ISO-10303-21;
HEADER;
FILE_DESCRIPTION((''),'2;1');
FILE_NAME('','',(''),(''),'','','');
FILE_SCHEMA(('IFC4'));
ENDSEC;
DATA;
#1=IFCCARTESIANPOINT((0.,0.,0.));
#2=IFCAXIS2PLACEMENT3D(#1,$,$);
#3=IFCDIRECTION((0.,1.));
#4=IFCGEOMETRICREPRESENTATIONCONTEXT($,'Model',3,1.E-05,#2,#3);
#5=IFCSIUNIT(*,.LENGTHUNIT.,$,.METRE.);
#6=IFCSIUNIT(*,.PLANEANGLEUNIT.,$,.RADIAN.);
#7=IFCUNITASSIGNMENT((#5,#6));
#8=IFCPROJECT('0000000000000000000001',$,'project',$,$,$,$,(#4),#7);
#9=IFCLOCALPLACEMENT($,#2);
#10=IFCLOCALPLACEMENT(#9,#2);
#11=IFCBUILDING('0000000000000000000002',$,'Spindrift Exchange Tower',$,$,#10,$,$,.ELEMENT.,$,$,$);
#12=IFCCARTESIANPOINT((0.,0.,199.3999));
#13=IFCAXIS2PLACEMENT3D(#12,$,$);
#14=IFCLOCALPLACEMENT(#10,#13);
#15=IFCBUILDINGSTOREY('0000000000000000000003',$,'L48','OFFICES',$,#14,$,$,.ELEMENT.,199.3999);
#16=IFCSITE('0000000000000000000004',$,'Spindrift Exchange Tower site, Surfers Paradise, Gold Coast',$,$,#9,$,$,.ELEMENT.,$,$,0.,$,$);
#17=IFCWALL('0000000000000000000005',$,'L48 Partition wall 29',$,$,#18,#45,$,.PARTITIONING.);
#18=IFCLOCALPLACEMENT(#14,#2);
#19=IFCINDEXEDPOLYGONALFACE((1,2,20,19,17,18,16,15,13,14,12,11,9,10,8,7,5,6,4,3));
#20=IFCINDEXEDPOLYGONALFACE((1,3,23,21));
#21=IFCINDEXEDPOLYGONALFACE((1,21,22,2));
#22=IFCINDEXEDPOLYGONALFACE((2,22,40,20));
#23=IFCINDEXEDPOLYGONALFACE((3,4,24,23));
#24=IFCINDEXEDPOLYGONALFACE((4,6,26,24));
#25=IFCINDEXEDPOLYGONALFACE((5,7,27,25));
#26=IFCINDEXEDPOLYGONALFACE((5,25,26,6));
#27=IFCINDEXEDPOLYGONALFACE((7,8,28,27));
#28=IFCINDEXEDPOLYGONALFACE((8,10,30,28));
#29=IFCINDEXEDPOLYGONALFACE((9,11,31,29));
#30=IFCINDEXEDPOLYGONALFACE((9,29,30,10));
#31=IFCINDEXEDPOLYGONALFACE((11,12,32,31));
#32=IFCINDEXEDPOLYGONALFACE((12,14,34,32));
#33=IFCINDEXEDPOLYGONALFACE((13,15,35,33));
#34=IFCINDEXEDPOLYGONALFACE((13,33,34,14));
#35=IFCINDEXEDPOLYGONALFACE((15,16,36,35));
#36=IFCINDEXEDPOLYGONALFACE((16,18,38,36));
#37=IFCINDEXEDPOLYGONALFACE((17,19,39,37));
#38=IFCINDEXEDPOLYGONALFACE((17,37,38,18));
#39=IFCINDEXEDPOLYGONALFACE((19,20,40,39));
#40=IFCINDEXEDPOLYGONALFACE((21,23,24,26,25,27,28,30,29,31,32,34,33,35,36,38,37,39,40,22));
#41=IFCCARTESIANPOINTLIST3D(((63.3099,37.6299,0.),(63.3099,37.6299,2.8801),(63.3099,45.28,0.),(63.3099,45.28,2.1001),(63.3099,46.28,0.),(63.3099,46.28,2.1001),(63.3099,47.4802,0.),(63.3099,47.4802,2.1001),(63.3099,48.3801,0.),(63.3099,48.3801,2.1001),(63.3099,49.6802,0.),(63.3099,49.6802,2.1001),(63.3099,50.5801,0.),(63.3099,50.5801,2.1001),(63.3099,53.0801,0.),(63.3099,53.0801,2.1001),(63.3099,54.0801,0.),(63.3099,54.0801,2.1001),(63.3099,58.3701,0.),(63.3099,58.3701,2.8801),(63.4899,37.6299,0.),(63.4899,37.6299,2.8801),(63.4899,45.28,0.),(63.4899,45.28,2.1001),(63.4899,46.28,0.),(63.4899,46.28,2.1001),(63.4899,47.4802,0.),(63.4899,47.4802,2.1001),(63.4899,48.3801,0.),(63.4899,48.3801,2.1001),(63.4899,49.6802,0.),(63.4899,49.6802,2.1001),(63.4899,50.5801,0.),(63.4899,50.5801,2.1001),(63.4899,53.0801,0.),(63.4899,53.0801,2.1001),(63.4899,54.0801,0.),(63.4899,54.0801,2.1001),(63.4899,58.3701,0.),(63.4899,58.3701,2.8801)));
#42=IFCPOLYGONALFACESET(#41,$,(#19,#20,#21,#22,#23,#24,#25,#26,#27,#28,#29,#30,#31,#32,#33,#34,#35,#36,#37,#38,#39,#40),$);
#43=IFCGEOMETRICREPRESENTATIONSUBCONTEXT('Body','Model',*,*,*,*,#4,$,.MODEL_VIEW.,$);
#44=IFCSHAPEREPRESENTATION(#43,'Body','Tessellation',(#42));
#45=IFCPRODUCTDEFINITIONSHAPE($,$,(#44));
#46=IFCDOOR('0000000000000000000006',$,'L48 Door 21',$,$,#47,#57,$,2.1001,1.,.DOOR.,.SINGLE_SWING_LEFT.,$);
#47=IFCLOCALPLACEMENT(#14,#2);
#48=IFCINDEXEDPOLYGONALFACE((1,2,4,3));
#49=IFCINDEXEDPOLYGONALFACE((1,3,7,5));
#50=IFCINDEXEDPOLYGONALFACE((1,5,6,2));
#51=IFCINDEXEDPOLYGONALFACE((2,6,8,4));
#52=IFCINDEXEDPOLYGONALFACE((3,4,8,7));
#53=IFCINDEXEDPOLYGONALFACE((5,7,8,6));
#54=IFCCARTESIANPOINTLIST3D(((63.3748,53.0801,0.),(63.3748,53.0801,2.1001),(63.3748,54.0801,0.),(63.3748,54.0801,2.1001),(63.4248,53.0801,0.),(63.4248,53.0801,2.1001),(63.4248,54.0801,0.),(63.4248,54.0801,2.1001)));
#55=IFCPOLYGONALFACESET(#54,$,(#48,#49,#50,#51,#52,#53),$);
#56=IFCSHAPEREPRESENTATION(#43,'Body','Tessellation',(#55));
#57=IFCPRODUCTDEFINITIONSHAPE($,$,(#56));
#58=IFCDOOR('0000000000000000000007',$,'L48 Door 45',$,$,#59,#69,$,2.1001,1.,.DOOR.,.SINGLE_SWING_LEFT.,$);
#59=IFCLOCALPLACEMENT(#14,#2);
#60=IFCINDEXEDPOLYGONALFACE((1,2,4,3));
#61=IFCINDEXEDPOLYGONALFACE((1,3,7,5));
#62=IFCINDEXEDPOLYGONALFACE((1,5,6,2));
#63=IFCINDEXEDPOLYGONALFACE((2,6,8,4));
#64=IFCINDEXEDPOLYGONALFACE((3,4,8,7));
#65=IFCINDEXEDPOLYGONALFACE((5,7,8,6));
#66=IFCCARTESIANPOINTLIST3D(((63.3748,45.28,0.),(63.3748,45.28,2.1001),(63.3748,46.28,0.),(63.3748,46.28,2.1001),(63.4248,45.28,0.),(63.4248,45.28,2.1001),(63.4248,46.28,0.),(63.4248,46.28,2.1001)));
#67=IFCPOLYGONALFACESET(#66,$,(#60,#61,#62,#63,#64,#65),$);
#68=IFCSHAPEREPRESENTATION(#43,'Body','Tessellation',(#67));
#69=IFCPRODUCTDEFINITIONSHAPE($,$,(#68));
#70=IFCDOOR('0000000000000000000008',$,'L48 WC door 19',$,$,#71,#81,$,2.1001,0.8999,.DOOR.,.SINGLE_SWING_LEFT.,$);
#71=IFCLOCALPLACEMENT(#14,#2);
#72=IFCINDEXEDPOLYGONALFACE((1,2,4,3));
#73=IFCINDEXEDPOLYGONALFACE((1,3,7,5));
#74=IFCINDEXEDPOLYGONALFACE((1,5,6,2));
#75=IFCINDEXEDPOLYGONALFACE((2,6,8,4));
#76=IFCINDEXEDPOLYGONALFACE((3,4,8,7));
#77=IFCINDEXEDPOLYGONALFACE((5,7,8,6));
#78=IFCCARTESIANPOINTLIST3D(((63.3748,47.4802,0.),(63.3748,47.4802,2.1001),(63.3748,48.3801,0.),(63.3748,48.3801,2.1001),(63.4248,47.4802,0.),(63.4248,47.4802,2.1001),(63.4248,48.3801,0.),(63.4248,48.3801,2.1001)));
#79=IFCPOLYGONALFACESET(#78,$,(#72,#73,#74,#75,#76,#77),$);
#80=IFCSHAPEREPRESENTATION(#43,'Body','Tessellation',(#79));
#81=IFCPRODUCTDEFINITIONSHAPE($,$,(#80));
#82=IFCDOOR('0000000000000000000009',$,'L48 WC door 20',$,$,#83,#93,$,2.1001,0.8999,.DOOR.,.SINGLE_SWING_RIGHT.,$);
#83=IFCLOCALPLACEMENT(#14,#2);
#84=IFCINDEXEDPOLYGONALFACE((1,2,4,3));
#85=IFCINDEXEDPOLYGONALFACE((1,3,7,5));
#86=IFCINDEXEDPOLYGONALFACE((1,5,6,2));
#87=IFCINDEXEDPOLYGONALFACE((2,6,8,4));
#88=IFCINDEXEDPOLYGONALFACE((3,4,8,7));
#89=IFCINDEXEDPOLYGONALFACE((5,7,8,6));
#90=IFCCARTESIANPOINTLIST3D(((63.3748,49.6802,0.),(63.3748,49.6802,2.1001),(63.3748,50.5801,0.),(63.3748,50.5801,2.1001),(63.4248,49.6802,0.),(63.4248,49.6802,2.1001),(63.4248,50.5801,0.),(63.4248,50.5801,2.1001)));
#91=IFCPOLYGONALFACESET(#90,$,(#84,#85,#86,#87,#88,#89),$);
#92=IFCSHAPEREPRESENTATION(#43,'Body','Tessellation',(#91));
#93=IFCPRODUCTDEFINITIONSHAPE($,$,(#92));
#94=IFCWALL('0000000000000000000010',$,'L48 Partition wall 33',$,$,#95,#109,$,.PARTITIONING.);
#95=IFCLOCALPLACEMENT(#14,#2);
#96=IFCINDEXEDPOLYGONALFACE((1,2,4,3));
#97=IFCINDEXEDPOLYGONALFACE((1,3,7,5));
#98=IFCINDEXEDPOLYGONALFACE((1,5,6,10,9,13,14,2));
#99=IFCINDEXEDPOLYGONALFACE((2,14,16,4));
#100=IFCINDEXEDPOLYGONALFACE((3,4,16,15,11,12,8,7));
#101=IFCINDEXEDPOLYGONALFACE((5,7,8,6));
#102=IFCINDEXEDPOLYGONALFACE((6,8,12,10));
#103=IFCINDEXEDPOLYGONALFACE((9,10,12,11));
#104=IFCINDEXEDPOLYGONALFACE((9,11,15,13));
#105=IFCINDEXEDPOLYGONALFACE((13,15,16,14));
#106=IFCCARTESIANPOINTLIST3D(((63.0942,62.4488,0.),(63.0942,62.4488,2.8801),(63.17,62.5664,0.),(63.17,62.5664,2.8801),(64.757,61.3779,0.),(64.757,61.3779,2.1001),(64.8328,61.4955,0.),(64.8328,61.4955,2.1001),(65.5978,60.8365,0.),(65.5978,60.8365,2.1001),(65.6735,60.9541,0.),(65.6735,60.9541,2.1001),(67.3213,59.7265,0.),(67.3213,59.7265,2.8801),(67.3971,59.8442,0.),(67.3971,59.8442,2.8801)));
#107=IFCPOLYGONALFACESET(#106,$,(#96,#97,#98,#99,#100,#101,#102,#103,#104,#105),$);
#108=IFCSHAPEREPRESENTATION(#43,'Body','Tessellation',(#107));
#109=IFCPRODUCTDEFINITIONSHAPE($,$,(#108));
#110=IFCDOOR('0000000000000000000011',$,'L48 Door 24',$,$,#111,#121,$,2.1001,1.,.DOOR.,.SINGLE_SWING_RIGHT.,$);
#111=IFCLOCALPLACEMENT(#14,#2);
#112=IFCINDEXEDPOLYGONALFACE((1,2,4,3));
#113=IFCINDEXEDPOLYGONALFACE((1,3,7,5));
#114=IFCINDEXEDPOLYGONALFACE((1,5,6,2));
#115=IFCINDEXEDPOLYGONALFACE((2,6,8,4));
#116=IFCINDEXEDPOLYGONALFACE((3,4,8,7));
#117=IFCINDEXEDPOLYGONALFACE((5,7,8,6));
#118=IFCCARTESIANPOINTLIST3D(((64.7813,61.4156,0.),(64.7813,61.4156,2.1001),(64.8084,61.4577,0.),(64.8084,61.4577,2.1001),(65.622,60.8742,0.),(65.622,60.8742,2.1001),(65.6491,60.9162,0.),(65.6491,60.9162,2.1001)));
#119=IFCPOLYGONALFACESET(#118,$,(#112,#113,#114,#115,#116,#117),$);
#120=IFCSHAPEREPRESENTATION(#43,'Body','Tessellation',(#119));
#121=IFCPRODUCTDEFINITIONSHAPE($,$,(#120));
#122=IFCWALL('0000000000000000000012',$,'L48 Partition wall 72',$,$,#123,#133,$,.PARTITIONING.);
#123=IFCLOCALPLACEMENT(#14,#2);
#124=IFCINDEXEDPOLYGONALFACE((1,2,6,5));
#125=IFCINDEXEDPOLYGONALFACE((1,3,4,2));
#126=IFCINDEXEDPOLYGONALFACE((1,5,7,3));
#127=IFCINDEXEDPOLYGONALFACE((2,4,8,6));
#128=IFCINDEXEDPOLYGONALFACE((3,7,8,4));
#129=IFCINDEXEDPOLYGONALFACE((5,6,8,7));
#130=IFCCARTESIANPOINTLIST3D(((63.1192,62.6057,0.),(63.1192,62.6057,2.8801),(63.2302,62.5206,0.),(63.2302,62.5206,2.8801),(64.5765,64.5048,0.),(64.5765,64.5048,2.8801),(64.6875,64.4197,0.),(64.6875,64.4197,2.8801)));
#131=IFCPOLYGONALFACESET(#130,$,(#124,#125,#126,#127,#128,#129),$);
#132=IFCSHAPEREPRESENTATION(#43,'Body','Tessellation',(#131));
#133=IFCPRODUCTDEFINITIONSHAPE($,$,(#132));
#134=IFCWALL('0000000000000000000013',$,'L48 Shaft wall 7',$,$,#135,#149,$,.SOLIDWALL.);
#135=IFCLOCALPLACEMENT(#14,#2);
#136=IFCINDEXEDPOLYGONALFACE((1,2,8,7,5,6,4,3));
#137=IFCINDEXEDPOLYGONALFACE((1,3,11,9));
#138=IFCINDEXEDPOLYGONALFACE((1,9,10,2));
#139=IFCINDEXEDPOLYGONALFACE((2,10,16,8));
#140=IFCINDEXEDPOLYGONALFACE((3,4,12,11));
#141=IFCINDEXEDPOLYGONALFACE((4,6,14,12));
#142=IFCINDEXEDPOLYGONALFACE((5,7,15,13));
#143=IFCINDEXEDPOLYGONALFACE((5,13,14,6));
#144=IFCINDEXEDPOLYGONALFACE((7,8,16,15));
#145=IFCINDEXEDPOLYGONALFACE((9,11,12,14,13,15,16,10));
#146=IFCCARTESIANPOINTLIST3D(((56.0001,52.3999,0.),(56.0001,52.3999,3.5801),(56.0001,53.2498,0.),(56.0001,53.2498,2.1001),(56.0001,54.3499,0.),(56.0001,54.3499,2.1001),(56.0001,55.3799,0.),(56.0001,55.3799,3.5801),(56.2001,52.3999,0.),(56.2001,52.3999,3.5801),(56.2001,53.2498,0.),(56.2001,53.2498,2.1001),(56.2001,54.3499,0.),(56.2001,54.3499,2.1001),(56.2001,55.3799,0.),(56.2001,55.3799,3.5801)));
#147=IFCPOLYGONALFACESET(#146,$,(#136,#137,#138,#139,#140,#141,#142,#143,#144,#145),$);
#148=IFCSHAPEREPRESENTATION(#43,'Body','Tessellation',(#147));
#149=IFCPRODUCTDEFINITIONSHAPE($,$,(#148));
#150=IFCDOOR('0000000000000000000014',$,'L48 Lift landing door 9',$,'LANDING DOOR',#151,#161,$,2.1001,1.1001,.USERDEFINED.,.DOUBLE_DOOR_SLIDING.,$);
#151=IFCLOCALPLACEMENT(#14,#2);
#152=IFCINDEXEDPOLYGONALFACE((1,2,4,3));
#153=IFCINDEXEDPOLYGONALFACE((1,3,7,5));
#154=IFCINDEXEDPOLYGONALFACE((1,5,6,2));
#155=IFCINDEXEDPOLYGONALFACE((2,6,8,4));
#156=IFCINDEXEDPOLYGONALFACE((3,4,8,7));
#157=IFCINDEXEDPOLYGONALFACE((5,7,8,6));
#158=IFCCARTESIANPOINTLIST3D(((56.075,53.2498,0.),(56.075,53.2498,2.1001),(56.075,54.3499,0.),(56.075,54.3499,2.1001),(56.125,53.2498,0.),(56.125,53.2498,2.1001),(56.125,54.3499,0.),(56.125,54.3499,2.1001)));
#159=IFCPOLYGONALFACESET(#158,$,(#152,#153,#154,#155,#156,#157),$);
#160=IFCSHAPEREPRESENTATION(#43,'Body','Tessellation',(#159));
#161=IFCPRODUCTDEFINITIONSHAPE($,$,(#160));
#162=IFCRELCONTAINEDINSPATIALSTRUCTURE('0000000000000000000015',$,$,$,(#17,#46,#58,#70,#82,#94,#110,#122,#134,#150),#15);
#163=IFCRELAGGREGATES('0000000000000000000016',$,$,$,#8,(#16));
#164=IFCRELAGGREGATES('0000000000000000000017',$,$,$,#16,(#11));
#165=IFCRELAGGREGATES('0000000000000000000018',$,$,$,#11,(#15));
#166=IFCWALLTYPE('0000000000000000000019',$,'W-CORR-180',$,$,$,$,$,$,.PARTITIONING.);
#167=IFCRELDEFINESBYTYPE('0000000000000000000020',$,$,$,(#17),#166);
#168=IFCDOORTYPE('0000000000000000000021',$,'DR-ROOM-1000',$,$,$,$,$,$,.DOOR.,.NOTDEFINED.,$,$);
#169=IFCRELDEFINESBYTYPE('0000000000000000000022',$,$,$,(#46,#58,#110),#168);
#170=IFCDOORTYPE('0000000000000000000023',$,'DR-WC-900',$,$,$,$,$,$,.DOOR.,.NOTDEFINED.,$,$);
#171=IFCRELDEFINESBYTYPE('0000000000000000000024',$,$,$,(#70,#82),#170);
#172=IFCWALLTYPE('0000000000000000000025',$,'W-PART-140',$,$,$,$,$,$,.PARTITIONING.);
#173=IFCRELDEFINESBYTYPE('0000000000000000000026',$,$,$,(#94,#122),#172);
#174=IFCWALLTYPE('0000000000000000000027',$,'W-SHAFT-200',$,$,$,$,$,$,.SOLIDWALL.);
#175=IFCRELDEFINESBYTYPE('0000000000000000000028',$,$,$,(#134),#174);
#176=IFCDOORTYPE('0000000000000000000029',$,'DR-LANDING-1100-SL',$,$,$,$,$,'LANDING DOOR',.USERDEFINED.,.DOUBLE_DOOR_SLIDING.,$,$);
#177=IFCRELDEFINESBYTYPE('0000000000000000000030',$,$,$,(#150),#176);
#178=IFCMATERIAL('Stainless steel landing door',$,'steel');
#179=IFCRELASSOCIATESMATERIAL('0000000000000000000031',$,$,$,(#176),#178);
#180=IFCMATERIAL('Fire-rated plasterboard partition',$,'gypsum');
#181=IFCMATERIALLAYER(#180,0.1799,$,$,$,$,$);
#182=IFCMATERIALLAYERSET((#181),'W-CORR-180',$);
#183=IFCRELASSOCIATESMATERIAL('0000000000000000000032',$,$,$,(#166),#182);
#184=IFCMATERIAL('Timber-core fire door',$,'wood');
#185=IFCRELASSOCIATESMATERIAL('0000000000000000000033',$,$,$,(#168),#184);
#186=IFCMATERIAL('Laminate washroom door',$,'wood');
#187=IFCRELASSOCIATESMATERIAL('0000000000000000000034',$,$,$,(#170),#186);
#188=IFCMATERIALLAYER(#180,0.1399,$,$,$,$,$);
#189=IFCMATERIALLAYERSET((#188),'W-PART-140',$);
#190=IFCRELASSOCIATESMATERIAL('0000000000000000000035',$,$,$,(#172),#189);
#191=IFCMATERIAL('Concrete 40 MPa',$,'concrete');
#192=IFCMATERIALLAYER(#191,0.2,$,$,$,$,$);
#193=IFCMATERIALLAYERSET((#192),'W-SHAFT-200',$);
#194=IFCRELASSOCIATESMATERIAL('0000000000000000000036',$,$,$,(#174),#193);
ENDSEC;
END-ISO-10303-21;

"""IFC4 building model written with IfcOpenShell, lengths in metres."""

from ifc_helpers import new_model, si_unit, direction, frame, frame_2d, origin, place, context, subcontext, project, spatial, rectangle, extrude, source, transform, mapped, material, layer, layer_set, type_object, element, fill, save


model = new_model("IFC4")

# Units and contexts
model_context = context("Model", 3, precision=1e-05, world=origin(), true_north=direction((0.0, 1.0)))
body_context = subcontext(model_context, "Body", "Model", "MODEL_VIEW")
ifc_project = project(units=[si_unit("LENGTHUNIT", "METRE"), si_unit("PLANEANGLEUNIT", "RADIAN")], contexts=[model_context])

# Site, building, storey
site_placement = place(None, origin())
site = spatial("IfcSite", under=ifc_project, at=site_placement, Name="Spindrift Exchange Tower site, Surfers Paradise, Gold Coast", CompositionType="ELEMENT", RefElevation=0.0)
building_placement = place(site_placement, origin())
building = spatial("IfcBuilding", under=site, at=building_placement, Name="Spindrift Exchange Tower", CompositionType="ELEMENT")
storey_placement = place(building_placement, frame((0.0, 0.0, 199.3999)))
storey = spatial("IfcBuildingStorey", under=building, at=storey_placement, Name="L48", Description="OFFICES", CompositionType="ELEMENT", Elevation=199.3999)

# Wall, openings, doors
ifc_material_1 = material(Name="Stainless steel landing door", Category="steel")
door_type_1 = type_object("IfcDoorType", Name="DR-LANDING-1100-SL", ElementType="LANDING DOOR", OperationType="DOUBLE_DOOR_SLIDING", PredefinedType="USERDEFINED", material=ifc_material_1)
shared_shape_1 = source(origin(), body_context, "Body", "SweptSolid", [
    extrude(rectangle(XDim=1.1001, YDim=2.1001, at=frame_2d((0.55, 1.05))), frame((0.0, 0.0249, 0.0), z_axis=(0.0, -1.0, 0.0), x_axis=(1.0, 0.0, 0.0)), (0.0, 0.0, 1.0), 0.05),
])
ifc_material_2 = material(Name="Timber-core fire door", Category="wood")
ifc_material_3 = material(Name="Fire-rated plasterboard partition", Category="gypsum")
ifc_layer_1 = layer(ifc_material_3, 0.1799)
ifc_layer_set_1 = layer_set([ifc_layer_1], Name="W-CORR-180")
wall_type_1 = type_object("IfcWallType", Name="W-CORR-180", PredefinedType="PARTITIONING", material=ifc_layer_set_1)
wall_1_placement = place(storey_placement, frame((63.3999, 58.3701, 0.0), z_axis=(0.0, 0.0, 1.0), x_axis=(0.0, -1.0, 0.0)))
wall_1 = element("IfcWall", 1, at=wall_1_placement, inside=storey, type_object=wall_type_1, Name="L48 Partition wall 29", PredefinedType="PARTITIONING", context=body_context, shape_type="SweptSolid", body=[
    extrude(rectangle(XDim=20.7402, YDim=0.1799, at=frame_2d((10.3701, 0.0))), origin(), (0.0, 0.0, 1.0), 2.8801),
])
opening_1_placement = place(wall_1_placement, frame((9.99, 0.0, 0.0)))
opening_1 = element("IfcOpeningElement", 2, at=opening_1_placement, cuts=wall_1, PredefinedType="OPENING", context=body_context, shape_type="SweptSolid", body=[
    extrude(rectangle(XDim=0.8999, YDim=2.1001, at=frame_2d((0.45, 1.05))), frame((0.0, 0.0999, 0.0), z_axis=(0.0, -1.0, 0.0), x_axis=(1.0, 0.0, 0.0)), (0.0, 0.0, 1.0), 0.2),
])
opening_2_placement = place(wall_1_placement, frame((7.79, 0.0, 0.0)))
opening_2 = element("IfcOpeningElement", 3, at=opening_2_placement, cuts=wall_1, PredefinedType="OPENING", context=body_context, shape_type="SweptSolid", body=[
    extrude(rectangle(XDim=0.8999, YDim=2.1001, at=frame_2d((0.45, 1.05))), frame((0.0, 0.0999, 0.0), z_axis=(0.0, -1.0, 0.0), x_axis=(1.0, 0.0, 0.0)), (0.0, 0.0, 1.0), 0.2),
])
opening_3_placement = place(wall_1_placement, frame((4.29, 0.0, 0.0)))
opening_3 = element("IfcOpeningElement", 4, at=opening_3_placement, cuts=wall_1, PredefinedType="OPENING", context=body_context, shape_type="SweptSolid", body=[
    extrude(rectangle(XDim=1.0, YDim=2.1001, at=frame_2d((0.5, 1.05))), frame((0.0, 0.0999, 0.0), z_axis=(0.0, -1.0, 0.0), x_axis=(1.0, 0.0, 0.0)), (0.0, 0.0, 1.0), 0.2),
])
opening_4_placement = place(wall_1_placement, frame((12.0901, 0.0, 0.0)))
opening_4 = element("IfcOpeningElement", 5, at=opening_4_placement, cuts=wall_1, PredefinedType="OPENING", context=body_context, shape_type="SweptSolid", body=[
    extrude(rectangle(XDim=1.0, YDim=2.1001, at=frame_2d((0.5, 1.05))), frame((0.0, 0.0999, 0.0), z_axis=(0.0, -1.0, 0.0), x_axis=(1.0, 0.0, 0.0)), (0.0, 0.0, 1.0), 0.2),
])
door_type_2 = type_object("IfcDoorType", Name="DR-ROOM-1000", OperationType="NOTDEFINED", PredefinedType="DOOR", material=ifc_material_2)
shared_shape_2 = source(origin(), body_context, "Body", "SweptSolid", [
    extrude(rectangle(XDim=1.0, YDim=2.1001, at=frame_2d((0.5, 1.05))), frame((0.0, 0.0249, 0.0), z_axis=(0.0, -1.0, 0.0), x_axis=(1.0, 0.0, 0.0)), (0.0, 0.0, 1.0), 0.05),
])
door_1_placement = place(opening_3_placement, origin())
door_1 = element("IfcDoor", 6, at=door_1_placement, inside=storey, type_object=door_type_2, Name="L48 Door 21", OperationType="SINGLE_SWING_LEFT", OverallHeight=2.1001, OverallWidth=1.0, PredefinedType="DOOR", context=body_context, shape_type="MappedRepresentation", body=[
    mapped(shared_shape_2, transform((0.0, 0.0, 0.0), scale=1.0)),
])
fill(opening_3, door_1)
door_2_placement = place(opening_4_placement, origin())
door_2 = element("IfcDoor", 7, at=door_2_placement, inside=storey, type_object=door_type_2, Name="L48 Door 45", OperationType="SINGLE_SWING_LEFT", OverallHeight=2.1001, OverallWidth=1.0, PredefinedType="DOOR", context=body_context, shape_type="MappedRepresentation", body=[
    mapped(shared_shape_2, transform((0.0, 0.0, 0.0), scale=1.0)),
])
fill(opening_4, door_2)
ifc_material_4 = material(Name="Laminate washroom door", Category="wood")
door_type_3 = type_object("IfcDoorType", Name="DR-WC-900", OperationType="NOTDEFINED", PredefinedType="DOOR", material=ifc_material_4)
shared_shape_3 = source(origin(), body_context, "Body", "SweptSolid", [
    extrude(rectangle(XDim=0.8999, YDim=2.1001, at=frame_2d((0.45, 1.05))), frame((0.0, 0.0249, 0.0), z_axis=(0.0, -1.0, 0.0), x_axis=(1.0, 0.0, 0.0)), (0.0, 0.0, 1.0), 0.05),
])
door_3_placement = place(opening_1_placement, origin())
door_3 = element("IfcDoor", 8, at=door_3_placement, inside=storey, type_object=door_type_3, Name="L48 WC door 19", OperationType="SINGLE_SWING_LEFT", OverallHeight=2.1001, OverallWidth=0.8999, PredefinedType="DOOR", context=body_context, shape_type="MappedRepresentation", body=[
    mapped(shared_shape_3, transform((0.0, 0.0, 0.0), scale=1.0)),
])
fill(opening_1, door_3)
door_4_placement = place(opening_2_placement, origin())
door_4 = element("IfcDoor", 9, at=door_4_placement, inside=storey, type_object=door_type_3, Name="L48 WC door 20", OperationType="SINGLE_SWING_RIGHT", OverallHeight=2.1001, OverallWidth=0.8999, PredefinedType="DOOR", context=body_context, shape_type="MappedRepresentation", body=[
    mapped(shared_shape_3, transform((0.0, 0.0, 0.0), scale=1.0)),
])
fill(opening_2, door_4)

# Wall, opening, door
ifc_layer_2 = layer(ifc_material_3, 0.1399)
ifc_layer_set_2 = layer_set([ifc_layer_2], Name="W-PART-140")
wall_type_2 = type_object("IfcWallType", Name="W-PART-140", PredefinedType="PARTITIONING", material=ifc_layer_set_2)
wall_2_placement = place(storey_placement, frame((63.1321, 62.5076, 0.0), z_axis=(0.0, 0.0, 1.0), x_axis=(0.840746, -0.54143, 0.0)))
wall_2 = element("IfcWall", 10, at=wall_2_placement, inside=storey, type_object=wall_type_2, Name="L48 Partition wall 33", PredefinedType="PARTITIONING", context=body_context, shape_type="SweptSolid", body=[
    extrude(rectangle(XDim=5.0278, YDim=0.1399, at=frame_2d((2.5139, 0.0))), origin(), (0.0, 0.0, 1.0), 2.8801),
])
opening_5_placement = place(wall_2_placement, frame((1.9778, 0.0, 0.0)))
opening_5 = element("IfcOpeningElement", 11, at=opening_5_placement, cuts=wall_2, PredefinedType="OPENING", context=body_context, shape_type="SweptSolid", body=[
    extrude(rectangle(XDim=1.0, YDim=2.1001, at=frame_2d((0.5, 1.05))), frame((0.0, 0.0798, 0.0), z_axis=(0.0, -1.0, 0.0), x_axis=(1.0, 0.0, 0.0)), (0.0, 0.0, 1.0), 0.1599),
])
door_5_placement = place(opening_5_placement, origin())
door_5 = element("IfcDoor", 12, at=door_5_placement, inside=storey, type_object=door_type_2, Name="L48 Door 24", OperationType="SINGLE_SWING_RIGHT", OverallHeight=2.1001, OverallWidth=1.0, PredefinedType="DOOR", context=body_context, shape_type="MappedRepresentation", body=[
    mapped(shared_shape_2, transform((0.0, 0.0, 0.0), scale=1.0)),
])
fill(opening_5, door_5)

# Wall
wall_3_placement = place(storey_placement, frame((63.1748, 62.5632, 0.0), z_axis=(0.0, 0.0, 1.0), x_axis=(0.608759, 0.793355, 0.0)))
element("IfcWall", 13, at=wall_3_placement, inside=storey, type_object=wall_type_2, Name="L48 Partition wall 72", PredefinedType="PARTITIONING", context=body_context, shape_type="SweptSolid", body=[
    extrude(rectangle(XDim=2.3938, YDim=0.1399, at=frame_2d((1.1968, 0.0))), origin(), (0.0, 0.0, 1.0), 2.8801),
])

# Wall, opening, door
ifc_material_5 = material(Name="Concrete 40 MPa", Category="concrete")
ifc_layer_3 = layer(ifc_material_5, 0.2)
ifc_layer_set_3 = layer_set([ifc_layer_3], Name="W-SHAFT-200")
wall_type_3 = type_object("IfcWallType", Name="W-SHAFT-200", PredefinedType="SOLIDWALL", material=ifc_layer_set_3)
wall_4_placement = place(storey_placement, frame((56.1001, 55.3799, 0.0), z_axis=(0.0, 0.0, 1.0), x_axis=(0.0, -1.0, 0.0)))
wall_4 = element("IfcWall", 14, at=wall_4_placement, inside=storey, type_object=wall_type_3, Name="L48 Shaft wall 7", PredefinedType="SOLIDWALL", context=body_context, shape_type="SweptSolid", body=[
    extrude(rectangle(XDim=2.98, YDim=0.2, at=frame_2d((1.49, 0.0))), origin(), (0.0, 0.0, 1.0), 3.5801),
])
opening_6_placement = place(wall_4_placement, frame((1.03, 0.0, 0.0)))
opening_6 = element("IfcOpeningElement", 15, at=opening_6_placement, cuts=wall_4, PredefinedType="OPENING", context=body_context, shape_type="SweptSolid", body=[
    extrude(rectangle(XDim=1.1001, YDim=2.1001, at=frame_2d((0.55, 1.05))), frame((0.0, 0.1099, 0.0), z_axis=(0.0, -1.0, 0.0), x_axis=(1.0, 0.0, 0.0)), (0.0, 0.0, 1.0), 0.22),
])
door_6_placement = place(opening_6_placement, origin())
door_6 = element("IfcDoor", 16, at=door_6_placement, inside=storey, type_object=door_type_1, Name="L48 Lift landing door 9", ObjectType="LANDING DOOR", OperationType="DOUBLE_DOOR_SLIDING", OverallHeight=2.1001, OverallWidth=1.1001, PredefinedType="USERDEFINED", context=body_context, shape_type="MappedRepresentation", body=[
    mapped(shared_shape_1, transform((0.0, 0.0, 0.0), scale=1.0)),
])
fill(opening_6, door_6)

save(model, "model.ifc")
